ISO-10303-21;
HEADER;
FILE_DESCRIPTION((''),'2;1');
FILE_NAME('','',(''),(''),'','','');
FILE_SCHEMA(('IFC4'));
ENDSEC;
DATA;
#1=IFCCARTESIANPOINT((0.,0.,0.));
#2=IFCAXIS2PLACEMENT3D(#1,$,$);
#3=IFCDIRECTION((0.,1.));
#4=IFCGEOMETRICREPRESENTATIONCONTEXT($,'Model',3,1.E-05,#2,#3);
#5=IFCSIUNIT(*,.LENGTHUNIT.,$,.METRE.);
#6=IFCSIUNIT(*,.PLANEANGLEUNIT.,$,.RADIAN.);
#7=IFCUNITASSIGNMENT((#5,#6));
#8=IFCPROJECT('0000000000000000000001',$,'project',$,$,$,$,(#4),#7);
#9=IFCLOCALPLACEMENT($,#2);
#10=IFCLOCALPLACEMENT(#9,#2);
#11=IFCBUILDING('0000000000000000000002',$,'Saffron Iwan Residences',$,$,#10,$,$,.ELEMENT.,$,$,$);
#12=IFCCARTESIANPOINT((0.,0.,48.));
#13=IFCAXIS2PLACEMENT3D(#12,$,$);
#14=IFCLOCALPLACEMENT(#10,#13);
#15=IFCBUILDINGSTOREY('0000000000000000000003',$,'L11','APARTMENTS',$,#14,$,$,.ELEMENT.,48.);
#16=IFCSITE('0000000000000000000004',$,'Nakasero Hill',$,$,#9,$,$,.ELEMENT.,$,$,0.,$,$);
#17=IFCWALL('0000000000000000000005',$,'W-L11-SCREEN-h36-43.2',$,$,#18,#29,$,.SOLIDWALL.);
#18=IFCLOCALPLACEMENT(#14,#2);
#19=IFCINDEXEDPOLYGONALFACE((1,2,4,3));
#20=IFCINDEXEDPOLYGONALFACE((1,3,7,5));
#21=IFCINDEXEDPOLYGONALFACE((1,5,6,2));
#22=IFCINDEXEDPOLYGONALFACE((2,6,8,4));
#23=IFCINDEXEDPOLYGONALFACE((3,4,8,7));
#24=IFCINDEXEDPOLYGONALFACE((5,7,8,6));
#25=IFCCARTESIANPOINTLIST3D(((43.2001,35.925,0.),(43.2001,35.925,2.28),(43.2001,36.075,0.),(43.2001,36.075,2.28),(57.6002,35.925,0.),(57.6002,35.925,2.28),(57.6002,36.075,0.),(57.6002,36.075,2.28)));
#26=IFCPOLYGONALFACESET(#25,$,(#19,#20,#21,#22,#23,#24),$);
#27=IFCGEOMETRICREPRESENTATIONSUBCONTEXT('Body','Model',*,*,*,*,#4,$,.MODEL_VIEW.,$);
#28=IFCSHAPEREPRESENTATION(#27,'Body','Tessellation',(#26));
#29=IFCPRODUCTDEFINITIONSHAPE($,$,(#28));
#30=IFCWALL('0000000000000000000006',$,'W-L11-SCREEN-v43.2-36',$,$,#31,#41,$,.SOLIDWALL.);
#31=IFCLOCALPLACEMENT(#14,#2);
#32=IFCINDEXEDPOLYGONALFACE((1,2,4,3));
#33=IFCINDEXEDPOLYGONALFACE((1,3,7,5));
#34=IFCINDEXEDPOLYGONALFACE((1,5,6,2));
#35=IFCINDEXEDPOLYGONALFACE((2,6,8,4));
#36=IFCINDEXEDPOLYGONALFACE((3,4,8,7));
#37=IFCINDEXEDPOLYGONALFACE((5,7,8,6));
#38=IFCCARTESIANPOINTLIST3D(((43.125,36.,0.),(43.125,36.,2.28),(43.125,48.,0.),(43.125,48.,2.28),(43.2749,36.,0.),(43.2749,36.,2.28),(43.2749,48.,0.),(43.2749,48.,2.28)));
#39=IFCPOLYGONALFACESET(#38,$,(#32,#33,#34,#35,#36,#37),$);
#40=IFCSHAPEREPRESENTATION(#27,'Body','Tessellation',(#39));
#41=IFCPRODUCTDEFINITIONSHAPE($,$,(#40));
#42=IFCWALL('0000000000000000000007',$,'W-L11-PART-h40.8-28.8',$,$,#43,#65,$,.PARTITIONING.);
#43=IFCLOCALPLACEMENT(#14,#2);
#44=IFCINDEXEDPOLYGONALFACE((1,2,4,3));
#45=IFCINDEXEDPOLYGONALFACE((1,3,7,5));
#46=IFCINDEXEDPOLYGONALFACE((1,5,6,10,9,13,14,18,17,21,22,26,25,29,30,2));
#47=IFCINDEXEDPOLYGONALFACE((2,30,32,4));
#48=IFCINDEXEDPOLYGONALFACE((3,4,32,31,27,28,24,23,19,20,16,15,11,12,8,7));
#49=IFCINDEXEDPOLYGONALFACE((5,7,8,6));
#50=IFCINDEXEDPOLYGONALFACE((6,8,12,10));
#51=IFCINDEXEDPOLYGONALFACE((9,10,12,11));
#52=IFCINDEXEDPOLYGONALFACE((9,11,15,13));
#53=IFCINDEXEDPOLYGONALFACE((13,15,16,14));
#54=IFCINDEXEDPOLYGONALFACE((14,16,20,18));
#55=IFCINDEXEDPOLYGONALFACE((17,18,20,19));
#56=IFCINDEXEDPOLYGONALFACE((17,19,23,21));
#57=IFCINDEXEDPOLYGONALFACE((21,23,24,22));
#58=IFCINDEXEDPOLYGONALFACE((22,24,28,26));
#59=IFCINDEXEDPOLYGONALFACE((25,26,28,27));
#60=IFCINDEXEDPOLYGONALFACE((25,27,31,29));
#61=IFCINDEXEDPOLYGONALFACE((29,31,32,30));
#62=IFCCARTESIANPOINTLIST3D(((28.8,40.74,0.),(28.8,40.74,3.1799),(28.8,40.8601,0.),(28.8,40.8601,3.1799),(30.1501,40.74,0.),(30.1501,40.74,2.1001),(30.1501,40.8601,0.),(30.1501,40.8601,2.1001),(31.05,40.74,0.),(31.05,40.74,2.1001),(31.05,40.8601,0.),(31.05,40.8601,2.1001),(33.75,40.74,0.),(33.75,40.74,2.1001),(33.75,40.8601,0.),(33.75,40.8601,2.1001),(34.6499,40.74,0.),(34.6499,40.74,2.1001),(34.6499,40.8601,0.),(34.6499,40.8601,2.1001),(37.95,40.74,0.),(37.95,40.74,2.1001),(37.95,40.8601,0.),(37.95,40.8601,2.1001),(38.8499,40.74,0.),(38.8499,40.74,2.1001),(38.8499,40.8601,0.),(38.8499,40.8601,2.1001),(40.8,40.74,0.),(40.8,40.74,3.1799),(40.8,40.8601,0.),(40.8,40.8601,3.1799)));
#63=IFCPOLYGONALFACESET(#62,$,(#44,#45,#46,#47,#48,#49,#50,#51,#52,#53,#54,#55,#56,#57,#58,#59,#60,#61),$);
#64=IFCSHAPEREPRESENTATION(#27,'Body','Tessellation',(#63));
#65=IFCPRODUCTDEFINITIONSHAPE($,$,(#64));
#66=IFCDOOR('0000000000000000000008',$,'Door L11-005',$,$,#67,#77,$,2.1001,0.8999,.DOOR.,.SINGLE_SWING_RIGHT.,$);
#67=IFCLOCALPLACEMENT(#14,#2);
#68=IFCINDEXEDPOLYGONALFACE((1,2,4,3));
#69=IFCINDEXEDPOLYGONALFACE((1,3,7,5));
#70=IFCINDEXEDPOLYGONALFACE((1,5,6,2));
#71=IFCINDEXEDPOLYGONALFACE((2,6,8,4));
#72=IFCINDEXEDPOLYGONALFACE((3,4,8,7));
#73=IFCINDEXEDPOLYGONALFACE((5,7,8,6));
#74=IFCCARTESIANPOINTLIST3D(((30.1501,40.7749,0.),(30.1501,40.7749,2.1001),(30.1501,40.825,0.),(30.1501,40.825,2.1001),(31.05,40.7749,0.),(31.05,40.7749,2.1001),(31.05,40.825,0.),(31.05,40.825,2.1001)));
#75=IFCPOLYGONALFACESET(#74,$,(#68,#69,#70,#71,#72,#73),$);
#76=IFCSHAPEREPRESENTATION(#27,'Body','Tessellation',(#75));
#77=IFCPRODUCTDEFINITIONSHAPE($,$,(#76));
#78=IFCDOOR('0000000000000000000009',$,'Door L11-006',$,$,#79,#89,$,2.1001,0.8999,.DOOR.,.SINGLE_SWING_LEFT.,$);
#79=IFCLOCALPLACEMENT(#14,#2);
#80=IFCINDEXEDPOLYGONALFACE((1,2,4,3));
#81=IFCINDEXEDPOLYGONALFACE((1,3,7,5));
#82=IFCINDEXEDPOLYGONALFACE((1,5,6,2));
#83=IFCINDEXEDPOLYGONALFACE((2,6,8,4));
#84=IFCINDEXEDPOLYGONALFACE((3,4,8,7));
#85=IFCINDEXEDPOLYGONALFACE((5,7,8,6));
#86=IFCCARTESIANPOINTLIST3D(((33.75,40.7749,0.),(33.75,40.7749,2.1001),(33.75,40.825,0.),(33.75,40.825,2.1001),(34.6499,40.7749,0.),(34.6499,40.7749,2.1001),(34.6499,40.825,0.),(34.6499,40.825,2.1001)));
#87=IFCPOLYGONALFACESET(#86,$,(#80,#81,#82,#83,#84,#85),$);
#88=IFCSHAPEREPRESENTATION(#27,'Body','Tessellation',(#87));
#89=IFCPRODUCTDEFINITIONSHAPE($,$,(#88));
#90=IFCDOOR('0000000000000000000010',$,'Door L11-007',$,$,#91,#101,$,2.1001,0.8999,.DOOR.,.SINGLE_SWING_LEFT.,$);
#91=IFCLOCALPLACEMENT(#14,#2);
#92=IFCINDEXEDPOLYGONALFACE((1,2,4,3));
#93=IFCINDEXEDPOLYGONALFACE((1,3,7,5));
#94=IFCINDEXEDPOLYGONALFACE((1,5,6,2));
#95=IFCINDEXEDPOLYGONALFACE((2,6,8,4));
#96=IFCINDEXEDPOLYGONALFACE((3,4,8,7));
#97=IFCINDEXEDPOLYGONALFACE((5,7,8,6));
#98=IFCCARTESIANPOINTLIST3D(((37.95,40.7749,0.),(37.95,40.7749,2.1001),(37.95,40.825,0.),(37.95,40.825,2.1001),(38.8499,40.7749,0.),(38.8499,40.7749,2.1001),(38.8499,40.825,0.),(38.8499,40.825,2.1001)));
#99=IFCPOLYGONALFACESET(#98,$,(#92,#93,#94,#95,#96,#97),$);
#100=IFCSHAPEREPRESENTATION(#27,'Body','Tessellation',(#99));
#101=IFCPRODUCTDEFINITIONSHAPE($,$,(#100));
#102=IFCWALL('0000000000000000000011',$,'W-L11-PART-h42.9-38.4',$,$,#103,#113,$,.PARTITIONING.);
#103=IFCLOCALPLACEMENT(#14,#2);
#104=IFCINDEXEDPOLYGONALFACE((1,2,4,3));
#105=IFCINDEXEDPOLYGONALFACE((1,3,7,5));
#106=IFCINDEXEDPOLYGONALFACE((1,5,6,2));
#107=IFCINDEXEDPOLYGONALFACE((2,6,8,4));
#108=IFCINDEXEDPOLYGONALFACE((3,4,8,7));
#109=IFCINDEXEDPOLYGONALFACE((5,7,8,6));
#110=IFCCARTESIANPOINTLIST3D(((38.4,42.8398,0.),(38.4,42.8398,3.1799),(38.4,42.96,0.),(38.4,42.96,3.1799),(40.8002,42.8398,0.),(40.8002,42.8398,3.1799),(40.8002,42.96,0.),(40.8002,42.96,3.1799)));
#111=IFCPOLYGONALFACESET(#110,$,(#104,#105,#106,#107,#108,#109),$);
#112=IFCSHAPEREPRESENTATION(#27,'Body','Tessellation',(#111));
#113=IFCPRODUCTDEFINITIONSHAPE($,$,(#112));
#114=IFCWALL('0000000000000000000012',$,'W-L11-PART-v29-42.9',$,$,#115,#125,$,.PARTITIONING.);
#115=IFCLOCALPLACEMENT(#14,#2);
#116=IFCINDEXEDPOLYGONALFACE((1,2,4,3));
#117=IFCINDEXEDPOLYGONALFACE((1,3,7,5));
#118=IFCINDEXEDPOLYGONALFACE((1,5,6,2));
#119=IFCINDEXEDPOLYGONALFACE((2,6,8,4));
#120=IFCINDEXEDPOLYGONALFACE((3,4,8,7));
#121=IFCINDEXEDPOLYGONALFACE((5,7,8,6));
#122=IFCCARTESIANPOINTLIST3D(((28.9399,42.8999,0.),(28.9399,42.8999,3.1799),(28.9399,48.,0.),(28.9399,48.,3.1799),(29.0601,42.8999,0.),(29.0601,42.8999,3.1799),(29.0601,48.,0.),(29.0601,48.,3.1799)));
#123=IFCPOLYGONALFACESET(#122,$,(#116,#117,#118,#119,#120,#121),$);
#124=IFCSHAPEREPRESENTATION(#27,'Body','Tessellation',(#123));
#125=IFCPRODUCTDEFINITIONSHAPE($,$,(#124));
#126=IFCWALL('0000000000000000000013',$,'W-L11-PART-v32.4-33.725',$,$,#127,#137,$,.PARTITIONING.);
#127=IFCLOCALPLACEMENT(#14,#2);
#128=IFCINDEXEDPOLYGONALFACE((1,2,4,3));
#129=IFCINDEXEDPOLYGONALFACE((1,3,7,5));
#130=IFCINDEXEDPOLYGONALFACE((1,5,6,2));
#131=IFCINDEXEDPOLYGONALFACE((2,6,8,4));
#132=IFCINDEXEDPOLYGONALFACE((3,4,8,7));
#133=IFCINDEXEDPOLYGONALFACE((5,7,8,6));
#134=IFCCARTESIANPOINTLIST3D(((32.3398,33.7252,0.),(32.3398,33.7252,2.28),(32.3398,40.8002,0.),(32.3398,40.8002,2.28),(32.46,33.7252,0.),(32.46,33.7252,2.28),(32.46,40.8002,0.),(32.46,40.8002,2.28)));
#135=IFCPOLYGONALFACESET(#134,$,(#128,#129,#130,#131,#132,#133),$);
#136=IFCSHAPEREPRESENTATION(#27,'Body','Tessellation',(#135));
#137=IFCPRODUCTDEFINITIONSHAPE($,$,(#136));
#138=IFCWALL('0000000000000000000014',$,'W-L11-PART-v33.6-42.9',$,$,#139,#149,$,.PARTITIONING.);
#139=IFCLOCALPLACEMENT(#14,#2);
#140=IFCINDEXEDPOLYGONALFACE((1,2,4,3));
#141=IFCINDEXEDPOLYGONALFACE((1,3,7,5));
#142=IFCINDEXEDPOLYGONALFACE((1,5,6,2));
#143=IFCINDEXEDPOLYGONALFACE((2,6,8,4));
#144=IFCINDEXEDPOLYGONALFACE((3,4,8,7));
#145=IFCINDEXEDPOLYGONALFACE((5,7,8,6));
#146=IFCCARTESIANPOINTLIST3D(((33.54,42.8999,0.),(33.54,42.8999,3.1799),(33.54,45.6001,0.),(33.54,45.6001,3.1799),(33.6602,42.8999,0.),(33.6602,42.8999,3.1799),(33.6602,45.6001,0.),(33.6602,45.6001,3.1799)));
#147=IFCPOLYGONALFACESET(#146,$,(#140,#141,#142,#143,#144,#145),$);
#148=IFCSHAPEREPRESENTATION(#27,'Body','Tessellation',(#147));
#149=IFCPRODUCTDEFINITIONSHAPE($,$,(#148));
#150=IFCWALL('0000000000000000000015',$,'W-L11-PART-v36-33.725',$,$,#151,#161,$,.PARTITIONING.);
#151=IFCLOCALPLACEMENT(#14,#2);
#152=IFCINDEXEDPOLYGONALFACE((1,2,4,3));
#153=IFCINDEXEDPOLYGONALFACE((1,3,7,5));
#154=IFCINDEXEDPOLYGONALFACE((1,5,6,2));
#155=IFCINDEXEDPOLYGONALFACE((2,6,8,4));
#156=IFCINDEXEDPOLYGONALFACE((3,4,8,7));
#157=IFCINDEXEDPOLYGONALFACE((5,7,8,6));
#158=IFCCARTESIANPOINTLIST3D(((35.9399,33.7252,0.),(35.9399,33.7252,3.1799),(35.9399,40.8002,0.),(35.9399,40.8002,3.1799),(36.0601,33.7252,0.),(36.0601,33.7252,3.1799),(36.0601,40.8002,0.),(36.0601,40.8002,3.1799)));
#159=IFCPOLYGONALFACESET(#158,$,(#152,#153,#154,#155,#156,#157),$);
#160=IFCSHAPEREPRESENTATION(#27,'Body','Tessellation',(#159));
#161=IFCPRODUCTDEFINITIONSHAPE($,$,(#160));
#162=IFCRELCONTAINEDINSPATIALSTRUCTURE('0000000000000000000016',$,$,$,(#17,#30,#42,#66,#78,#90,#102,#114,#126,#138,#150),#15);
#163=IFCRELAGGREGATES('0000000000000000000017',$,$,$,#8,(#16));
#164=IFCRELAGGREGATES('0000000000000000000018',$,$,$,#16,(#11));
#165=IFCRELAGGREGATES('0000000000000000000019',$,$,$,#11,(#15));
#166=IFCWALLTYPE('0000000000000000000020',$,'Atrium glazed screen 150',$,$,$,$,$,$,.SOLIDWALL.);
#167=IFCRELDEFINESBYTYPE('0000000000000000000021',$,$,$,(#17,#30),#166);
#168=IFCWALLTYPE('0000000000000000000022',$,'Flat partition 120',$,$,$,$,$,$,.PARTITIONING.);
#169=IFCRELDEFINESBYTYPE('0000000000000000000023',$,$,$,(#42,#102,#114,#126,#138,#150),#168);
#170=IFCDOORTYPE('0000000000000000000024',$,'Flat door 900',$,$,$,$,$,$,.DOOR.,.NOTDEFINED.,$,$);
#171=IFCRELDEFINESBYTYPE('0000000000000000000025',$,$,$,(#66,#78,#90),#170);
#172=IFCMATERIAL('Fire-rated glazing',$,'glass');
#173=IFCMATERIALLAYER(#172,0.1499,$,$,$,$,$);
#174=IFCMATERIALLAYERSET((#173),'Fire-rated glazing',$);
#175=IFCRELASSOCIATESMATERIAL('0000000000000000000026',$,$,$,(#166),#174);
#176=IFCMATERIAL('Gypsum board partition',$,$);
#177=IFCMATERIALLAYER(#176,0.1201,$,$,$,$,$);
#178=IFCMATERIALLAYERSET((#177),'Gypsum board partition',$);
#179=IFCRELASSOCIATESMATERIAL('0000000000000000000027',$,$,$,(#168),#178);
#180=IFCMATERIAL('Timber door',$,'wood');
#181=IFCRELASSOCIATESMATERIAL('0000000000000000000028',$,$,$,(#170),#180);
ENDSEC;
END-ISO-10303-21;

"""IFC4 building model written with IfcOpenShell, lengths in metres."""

from ifc_helpers import new_model, si_unit, direction, frame, frame_2d, origin, place, context, subcontext, project, spatial, rectangle, extrude, material, layer, layer_set, type_object, element, fill, save


model = new_model("IFC4")

# Units and contexts
model_context = context("Model", 3, precision=1e-05, world=origin(), true_north=direction((0.0, 1.0)))
body_context = subcontext(model_context, "Body", "Model", "MODEL_VIEW")
ifc_project = project(units=[si_unit("LENGTHUNIT", "METRE"), si_unit("PLANEANGLEUNIT", "RADIAN")], contexts=[model_context])

# Site, building, storey
site_placement = place(None, origin())
site = spatial("IfcSite", under=ifc_project, at=site_placement, Name="Nakasero Hill", CompositionType="ELEMENT", RefElevation=0.0)
building_placement = place(site_placement, origin())
building = spatial("IfcBuilding", under=site, at=building_placement, Name="Saffron Iwan Residences", CompositionType="ELEMENT")
storey_placement = place(building_placement, frame((0.0, 0.0, 48.0)))
storey = spatial("IfcBuildingStorey", under=building, at=storey_placement, Name="L11", Description="APARTMENTS", CompositionType="ELEMENT", Elevation=48.0)

# Walls
ifc_material_1 = material(Name="Fire-rated glazing", Category="glass")
ifc_layer_1 = layer(ifc_material_1, 0.1499)
ifc_layer_set_1 = layer_set([ifc_layer_1], Name="Fire-rated glazing")
wall_type_1 = type_object("IfcWallType", Name="Atrium glazed screen 150", PredefinedType="SOLIDWALL", material=ifc_layer_set_1)
wall_1_placement = place(storey_placement, frame((43.2, 36.0, 0.0), z_axis=(0.0, 0.0, 1.0), x_axis=(1.0, 0.0, 0.0)))
element("IfcWall", 1, at=wall_1_placement, inside=storey, type_object=wall_type_1, Name="W-L11-SCREEN-h36-43.2", PredefinedType="SOLIDWALL", context=body_context, shape_type="SweptSolid", body=[
    extrude(rectangle(XDim=14.4001, YDim=0.1499, at=frame_2d((7.2002, 0.0))), origin(), (0.0, 0.0, 1.0), 2.28),
])
wall_2_placement = place(storey_placement, frame((43.2, 36.0, 0.0), z_axis=(0.0, 0.0, 1.0), x_axis=(0.0, 1.0, 0.0)))
element("IfcWall", 2, at=wall_2_placement, inside=storey, type_object=wall_type_1, Name="W-L11-SCREEN-v43.2-36", PredefinedType="SOLIDWALL", context=body_context, shape_type="SweptSolid", body=[
    extrude(rectangle(XDim=12.0, YDim=0.1499, at=frame_2d((6.0, 0.0))), origin(), (0.0, 0.0, 1.0), 2.28),
])

# Wall, openings, doors
ifc_material_2 = material(Name="Gypsum board partition")
ifc_layer_2 = layer(ifc_material_2, 0.1201)
ifc_layer_set_2 = layer_set([ifc_layer_2], Name="Gypsum board partition")
wall_type_2 = type_object("IfcWallType", Name="Flat partition 120", PredefinedType="PARTITIONING", material=ifc_layer_set_2)
wall_3_placement = place(storey_placement, frame((28.8, 40.8, 0.0), z_axis=(0.0, 0.0, 1.0), x_axis=(1.0, 0.0, 0.0)))
wall_3 = element("IfcWall", 3, at=wall_3_placement, inside=storey, type_object=wall_type_2, Name="W-L11-PART-h40.8-28.8", PredefinedType="PARTITIONING", context=body_context, shape_type="SweptSolid", body=[
    extrude(rectangle(XDim=12.0, YDim=0.1201, at=frame_2d((6.0, 0.0))), origin(), (0.0, 0.0, 1.0), 3.1799),
])
opening_1_placement = place(wall_3_placement, frame((1.3501, 0.0, 0.0)))
opening_1 = element("IfcOpeningElement", 4, at=opening_1_placement, cuts=wall_3, PredefinedType="OPENING", context=body_context, shape_type="SweptSolid", body=[
    extrude(rectangle(XDim=0.8999, YDim=2.1001, at=frame_2d((0.45, 1.05))), frame((0.0, 0.0701, 0.0), z_axis=(0.0, -1.0, 0.0), x_axis=(1.0, 0.0, 0.0)), (0.0, 0.0, 1.0), 0.1401),
])
opening_2_placement = place(wall_3_placement, frame((4.95, 0.0, 0.0)))
opening_2 = element("IfcOpeningElement", 5, at=opening_2_placement, cuts=wall_3, PredefinedType="OPENING", context=body_context, shape_type="SweptSolid", body=[
    extrude(rectangle(XDim=0.8999, YDim=2.1001, at=frame_2d((0.45, 1.05))), frame((0.0, 0.0701, 0.0), z_axis=(0.0, -1.0, 0.0), x_axis=(1.0, 0.0, 0.0)), (0.0, 0.0, 1.0), 0.1401),
])
opening_3_placement = place(wall_3_placement, frame((9.1499, 0.0, 0.0)))
opening_3 = element("IfcOpeningElement", 6, at=opening_3_placement, cuts=wall_3, PredefinedType="OPENING", context=body_context, shape_type="SweptSolid", body=[
    extrude(rectangle(XDim=0.8999, YDim=2.1001, at=frame_2d((0.45, 1.05))), frame((0.0, 0.0701, 0.0), z_axis=(0.0, -1.0, 0.0), x_axis=(1.0, 0.0, 0.0)), (0.0, 0.0, 1.0), 0.1401),
])
ifc_material_3 = material(Name="Timber door", Category="wood")
door_type_1 = type_object("IfcDoorType", Name="Flat door 900", OperationType="NOTDEFINED", PredefinedType="DOOR", material=ifc_material_3)
door_1_placement = place(opening_1_placement, origin())
door_1 = element("IfcDoor", 7, at=door_1_placement, inside=storey, type_object=door_type_1, Name="Door L11-005", OperationType="SINGLE_SWING_RIGHT", OverallHeight=2.1001, OverallWidth=0.8999, PredefinedType="DOOR", context=body_context, shape_type="SweptSolid", body=[
    extrude(rectangle(XDim=0.8999, YDim=2.1001, at=frame_2d((0.45, 1.05))), frame((0.0, 0.0249, 0.0), z_axis=(0.0, -1.0, 0.0), x_axis=(1.0, 0.0, 0.0)), (0.0, 0.0, 1.0), 0.05),
])
fill(opening_1, door_1)
door_2_placement = place(opening_2_placement, origin())
door_2 = element("IfcDoor", 8, at=door_2_placement, inside=storey, type_object=door_type_1, Name="Door L11-006", OperationType="SINGLE_SWING_LEFT", OverallHeight=2.1001, OverallWidth=0.8999, PredefinedType="DOOR", context=body_context, shape_type="SweptSolid", body=[
    extrude(rectangle(XDim=0.8999, YDim=2.1001, at=frame_2d((0.45, 1.05))), frame((0.0, 0.0249, 0.0), z_axis=(0.0, -1.0, 0.0), x_axis=(1.0, 0.0, 0.0)), (0.0, 0.0, 1.0), 0.05),
])
fill(opening_2, door_2)
door_3_placement = place(opening_3_placement, origin())
door_3 = element("IfcDoor", 9, at=door_3_placement, inside=storey, type_object=door_type_1, Name="Door L11-007", OperationType="SINGLE_SWING_LEFT", OverallHeight=2.1001, OverallWidth=0.8999, PredefinedType="DOOR", context=body_context, shape_type="SweptSolid", body=[
    extrude(rectangle(XDim=0.8999, YDim=2.1001, at=frame_2d((0.45, 1.05))), frame((0.0, 0.0249, 0.0), z_axis=(0.0, -1.0, 0.0), x_axis=(1.0, 0.0, 0.0)), (0.0, 0.0, 1.0), 0.05),
])
fill(opening_3, door_3)

# Walls
wall_4_placement = place(storey_placement, frame((38.3999, 42.8999, 0.0), z_axis=(0.0, 0.0, 1.0), x_axis=(1.0, 0.0, 0.0)))
element("IfcWall", 10, at=wall_4_placement, inside=storey, type_object=wall_type_2, Name="W-L11-PART-h42.9-38.4", PredefinedType="PARTITIONING", context=body_context, shape_type="SweptSolid", body=[
    extrude(rectangle(XDim=2.4001, YDim=0.1201, at=frame_2d((1.2002, 0.0))), origin(), (0.0, 0.0, 1.0), 3.1799),
])
wall_5_placement = place(storey_placement, frame((29.0, 42.8999, 0.0), z_axis=(0.0, 0.0, 1.0), x_axis=(0.0, 1.0, 0.0)))
element("IfcWall", 11, at=wall_5_placement, inside=storey, type_object=wall_type_2, Name="W-L11-PART-v29-42.9", PredefinedType="PARTITIONING", context=body_context, shape_type="SweptSolid", body=[
    extrude(rectangle(XDim=5.1001, YDim=0.1201, at=frame_2d((2.55, 0.0))), origin(), (0.0, 0.0, 1.0), 3.1799),
])
wall_6_placement = place(storey_placement, frame((32.3999, 33.7251, 0.0), z_axis=(0.0, 0.0, 1.0), x_axis=(0.0, 1.0, 0.0)))
element("IfcWall", 12, at=wall_6_placement, inside=storey, type_object=wall_type_2, Name="W-L11-PART-v32.4-33.725", PredefinedType="PARTITIONING", context=body_context, shape_type="SweptSolid", body=[
    extrude(rectangle(XDim=7.075, YDim=0.1201, at=frame_2d((3.5376, 0.0))), origin(), (0.0, 0.0, 1.0), 2.28),
])
wall_7_placement = place(storey_placement, frame((33.6001, 42.8999, 0.0), z_axis=(0.0, 0.0, 1.0), x_axis=(0.0, 1.0, 0.0)))
element("IfcWall", 13, at=wall_7_placement, inside=storey, type_object=wall_type_2, Name="W-L11-PART-v33.6-42.9", PredefinedType="PARTITIONING", context=body_context, shape_type="SweptSolid", body=[
    extrude(rectangle(XDim=2.7002, YDim=0.1201, at=frame_2d((1.3501, 0.0))), origin(), (0.0, 0.0, 1.0), 3.1799),
])
wall_8_placement = place(storey_placement, frame((36.0, 33.7251, 0.0), z_axis=(0.0, 0.0, 1.0), x_axis=(0.0, 1.0, 0.0)))
element("IfcWall", 14, at=wall_8_placement, inside=storey, type_object=wall_type_2, Name="W-L11-PART-v36-33.725", PredefinedType="PARTITIONING", context=body_context, shape_type="SweptSolid", body=[
    extrude(rectangle(XDim=7.075, YDim=0.1201, at=frame_2d((3.5376, 0.0))), origin(), (0.0, 0.0, 1.0), 3.1799),
])

save(model, "model.ifc")
